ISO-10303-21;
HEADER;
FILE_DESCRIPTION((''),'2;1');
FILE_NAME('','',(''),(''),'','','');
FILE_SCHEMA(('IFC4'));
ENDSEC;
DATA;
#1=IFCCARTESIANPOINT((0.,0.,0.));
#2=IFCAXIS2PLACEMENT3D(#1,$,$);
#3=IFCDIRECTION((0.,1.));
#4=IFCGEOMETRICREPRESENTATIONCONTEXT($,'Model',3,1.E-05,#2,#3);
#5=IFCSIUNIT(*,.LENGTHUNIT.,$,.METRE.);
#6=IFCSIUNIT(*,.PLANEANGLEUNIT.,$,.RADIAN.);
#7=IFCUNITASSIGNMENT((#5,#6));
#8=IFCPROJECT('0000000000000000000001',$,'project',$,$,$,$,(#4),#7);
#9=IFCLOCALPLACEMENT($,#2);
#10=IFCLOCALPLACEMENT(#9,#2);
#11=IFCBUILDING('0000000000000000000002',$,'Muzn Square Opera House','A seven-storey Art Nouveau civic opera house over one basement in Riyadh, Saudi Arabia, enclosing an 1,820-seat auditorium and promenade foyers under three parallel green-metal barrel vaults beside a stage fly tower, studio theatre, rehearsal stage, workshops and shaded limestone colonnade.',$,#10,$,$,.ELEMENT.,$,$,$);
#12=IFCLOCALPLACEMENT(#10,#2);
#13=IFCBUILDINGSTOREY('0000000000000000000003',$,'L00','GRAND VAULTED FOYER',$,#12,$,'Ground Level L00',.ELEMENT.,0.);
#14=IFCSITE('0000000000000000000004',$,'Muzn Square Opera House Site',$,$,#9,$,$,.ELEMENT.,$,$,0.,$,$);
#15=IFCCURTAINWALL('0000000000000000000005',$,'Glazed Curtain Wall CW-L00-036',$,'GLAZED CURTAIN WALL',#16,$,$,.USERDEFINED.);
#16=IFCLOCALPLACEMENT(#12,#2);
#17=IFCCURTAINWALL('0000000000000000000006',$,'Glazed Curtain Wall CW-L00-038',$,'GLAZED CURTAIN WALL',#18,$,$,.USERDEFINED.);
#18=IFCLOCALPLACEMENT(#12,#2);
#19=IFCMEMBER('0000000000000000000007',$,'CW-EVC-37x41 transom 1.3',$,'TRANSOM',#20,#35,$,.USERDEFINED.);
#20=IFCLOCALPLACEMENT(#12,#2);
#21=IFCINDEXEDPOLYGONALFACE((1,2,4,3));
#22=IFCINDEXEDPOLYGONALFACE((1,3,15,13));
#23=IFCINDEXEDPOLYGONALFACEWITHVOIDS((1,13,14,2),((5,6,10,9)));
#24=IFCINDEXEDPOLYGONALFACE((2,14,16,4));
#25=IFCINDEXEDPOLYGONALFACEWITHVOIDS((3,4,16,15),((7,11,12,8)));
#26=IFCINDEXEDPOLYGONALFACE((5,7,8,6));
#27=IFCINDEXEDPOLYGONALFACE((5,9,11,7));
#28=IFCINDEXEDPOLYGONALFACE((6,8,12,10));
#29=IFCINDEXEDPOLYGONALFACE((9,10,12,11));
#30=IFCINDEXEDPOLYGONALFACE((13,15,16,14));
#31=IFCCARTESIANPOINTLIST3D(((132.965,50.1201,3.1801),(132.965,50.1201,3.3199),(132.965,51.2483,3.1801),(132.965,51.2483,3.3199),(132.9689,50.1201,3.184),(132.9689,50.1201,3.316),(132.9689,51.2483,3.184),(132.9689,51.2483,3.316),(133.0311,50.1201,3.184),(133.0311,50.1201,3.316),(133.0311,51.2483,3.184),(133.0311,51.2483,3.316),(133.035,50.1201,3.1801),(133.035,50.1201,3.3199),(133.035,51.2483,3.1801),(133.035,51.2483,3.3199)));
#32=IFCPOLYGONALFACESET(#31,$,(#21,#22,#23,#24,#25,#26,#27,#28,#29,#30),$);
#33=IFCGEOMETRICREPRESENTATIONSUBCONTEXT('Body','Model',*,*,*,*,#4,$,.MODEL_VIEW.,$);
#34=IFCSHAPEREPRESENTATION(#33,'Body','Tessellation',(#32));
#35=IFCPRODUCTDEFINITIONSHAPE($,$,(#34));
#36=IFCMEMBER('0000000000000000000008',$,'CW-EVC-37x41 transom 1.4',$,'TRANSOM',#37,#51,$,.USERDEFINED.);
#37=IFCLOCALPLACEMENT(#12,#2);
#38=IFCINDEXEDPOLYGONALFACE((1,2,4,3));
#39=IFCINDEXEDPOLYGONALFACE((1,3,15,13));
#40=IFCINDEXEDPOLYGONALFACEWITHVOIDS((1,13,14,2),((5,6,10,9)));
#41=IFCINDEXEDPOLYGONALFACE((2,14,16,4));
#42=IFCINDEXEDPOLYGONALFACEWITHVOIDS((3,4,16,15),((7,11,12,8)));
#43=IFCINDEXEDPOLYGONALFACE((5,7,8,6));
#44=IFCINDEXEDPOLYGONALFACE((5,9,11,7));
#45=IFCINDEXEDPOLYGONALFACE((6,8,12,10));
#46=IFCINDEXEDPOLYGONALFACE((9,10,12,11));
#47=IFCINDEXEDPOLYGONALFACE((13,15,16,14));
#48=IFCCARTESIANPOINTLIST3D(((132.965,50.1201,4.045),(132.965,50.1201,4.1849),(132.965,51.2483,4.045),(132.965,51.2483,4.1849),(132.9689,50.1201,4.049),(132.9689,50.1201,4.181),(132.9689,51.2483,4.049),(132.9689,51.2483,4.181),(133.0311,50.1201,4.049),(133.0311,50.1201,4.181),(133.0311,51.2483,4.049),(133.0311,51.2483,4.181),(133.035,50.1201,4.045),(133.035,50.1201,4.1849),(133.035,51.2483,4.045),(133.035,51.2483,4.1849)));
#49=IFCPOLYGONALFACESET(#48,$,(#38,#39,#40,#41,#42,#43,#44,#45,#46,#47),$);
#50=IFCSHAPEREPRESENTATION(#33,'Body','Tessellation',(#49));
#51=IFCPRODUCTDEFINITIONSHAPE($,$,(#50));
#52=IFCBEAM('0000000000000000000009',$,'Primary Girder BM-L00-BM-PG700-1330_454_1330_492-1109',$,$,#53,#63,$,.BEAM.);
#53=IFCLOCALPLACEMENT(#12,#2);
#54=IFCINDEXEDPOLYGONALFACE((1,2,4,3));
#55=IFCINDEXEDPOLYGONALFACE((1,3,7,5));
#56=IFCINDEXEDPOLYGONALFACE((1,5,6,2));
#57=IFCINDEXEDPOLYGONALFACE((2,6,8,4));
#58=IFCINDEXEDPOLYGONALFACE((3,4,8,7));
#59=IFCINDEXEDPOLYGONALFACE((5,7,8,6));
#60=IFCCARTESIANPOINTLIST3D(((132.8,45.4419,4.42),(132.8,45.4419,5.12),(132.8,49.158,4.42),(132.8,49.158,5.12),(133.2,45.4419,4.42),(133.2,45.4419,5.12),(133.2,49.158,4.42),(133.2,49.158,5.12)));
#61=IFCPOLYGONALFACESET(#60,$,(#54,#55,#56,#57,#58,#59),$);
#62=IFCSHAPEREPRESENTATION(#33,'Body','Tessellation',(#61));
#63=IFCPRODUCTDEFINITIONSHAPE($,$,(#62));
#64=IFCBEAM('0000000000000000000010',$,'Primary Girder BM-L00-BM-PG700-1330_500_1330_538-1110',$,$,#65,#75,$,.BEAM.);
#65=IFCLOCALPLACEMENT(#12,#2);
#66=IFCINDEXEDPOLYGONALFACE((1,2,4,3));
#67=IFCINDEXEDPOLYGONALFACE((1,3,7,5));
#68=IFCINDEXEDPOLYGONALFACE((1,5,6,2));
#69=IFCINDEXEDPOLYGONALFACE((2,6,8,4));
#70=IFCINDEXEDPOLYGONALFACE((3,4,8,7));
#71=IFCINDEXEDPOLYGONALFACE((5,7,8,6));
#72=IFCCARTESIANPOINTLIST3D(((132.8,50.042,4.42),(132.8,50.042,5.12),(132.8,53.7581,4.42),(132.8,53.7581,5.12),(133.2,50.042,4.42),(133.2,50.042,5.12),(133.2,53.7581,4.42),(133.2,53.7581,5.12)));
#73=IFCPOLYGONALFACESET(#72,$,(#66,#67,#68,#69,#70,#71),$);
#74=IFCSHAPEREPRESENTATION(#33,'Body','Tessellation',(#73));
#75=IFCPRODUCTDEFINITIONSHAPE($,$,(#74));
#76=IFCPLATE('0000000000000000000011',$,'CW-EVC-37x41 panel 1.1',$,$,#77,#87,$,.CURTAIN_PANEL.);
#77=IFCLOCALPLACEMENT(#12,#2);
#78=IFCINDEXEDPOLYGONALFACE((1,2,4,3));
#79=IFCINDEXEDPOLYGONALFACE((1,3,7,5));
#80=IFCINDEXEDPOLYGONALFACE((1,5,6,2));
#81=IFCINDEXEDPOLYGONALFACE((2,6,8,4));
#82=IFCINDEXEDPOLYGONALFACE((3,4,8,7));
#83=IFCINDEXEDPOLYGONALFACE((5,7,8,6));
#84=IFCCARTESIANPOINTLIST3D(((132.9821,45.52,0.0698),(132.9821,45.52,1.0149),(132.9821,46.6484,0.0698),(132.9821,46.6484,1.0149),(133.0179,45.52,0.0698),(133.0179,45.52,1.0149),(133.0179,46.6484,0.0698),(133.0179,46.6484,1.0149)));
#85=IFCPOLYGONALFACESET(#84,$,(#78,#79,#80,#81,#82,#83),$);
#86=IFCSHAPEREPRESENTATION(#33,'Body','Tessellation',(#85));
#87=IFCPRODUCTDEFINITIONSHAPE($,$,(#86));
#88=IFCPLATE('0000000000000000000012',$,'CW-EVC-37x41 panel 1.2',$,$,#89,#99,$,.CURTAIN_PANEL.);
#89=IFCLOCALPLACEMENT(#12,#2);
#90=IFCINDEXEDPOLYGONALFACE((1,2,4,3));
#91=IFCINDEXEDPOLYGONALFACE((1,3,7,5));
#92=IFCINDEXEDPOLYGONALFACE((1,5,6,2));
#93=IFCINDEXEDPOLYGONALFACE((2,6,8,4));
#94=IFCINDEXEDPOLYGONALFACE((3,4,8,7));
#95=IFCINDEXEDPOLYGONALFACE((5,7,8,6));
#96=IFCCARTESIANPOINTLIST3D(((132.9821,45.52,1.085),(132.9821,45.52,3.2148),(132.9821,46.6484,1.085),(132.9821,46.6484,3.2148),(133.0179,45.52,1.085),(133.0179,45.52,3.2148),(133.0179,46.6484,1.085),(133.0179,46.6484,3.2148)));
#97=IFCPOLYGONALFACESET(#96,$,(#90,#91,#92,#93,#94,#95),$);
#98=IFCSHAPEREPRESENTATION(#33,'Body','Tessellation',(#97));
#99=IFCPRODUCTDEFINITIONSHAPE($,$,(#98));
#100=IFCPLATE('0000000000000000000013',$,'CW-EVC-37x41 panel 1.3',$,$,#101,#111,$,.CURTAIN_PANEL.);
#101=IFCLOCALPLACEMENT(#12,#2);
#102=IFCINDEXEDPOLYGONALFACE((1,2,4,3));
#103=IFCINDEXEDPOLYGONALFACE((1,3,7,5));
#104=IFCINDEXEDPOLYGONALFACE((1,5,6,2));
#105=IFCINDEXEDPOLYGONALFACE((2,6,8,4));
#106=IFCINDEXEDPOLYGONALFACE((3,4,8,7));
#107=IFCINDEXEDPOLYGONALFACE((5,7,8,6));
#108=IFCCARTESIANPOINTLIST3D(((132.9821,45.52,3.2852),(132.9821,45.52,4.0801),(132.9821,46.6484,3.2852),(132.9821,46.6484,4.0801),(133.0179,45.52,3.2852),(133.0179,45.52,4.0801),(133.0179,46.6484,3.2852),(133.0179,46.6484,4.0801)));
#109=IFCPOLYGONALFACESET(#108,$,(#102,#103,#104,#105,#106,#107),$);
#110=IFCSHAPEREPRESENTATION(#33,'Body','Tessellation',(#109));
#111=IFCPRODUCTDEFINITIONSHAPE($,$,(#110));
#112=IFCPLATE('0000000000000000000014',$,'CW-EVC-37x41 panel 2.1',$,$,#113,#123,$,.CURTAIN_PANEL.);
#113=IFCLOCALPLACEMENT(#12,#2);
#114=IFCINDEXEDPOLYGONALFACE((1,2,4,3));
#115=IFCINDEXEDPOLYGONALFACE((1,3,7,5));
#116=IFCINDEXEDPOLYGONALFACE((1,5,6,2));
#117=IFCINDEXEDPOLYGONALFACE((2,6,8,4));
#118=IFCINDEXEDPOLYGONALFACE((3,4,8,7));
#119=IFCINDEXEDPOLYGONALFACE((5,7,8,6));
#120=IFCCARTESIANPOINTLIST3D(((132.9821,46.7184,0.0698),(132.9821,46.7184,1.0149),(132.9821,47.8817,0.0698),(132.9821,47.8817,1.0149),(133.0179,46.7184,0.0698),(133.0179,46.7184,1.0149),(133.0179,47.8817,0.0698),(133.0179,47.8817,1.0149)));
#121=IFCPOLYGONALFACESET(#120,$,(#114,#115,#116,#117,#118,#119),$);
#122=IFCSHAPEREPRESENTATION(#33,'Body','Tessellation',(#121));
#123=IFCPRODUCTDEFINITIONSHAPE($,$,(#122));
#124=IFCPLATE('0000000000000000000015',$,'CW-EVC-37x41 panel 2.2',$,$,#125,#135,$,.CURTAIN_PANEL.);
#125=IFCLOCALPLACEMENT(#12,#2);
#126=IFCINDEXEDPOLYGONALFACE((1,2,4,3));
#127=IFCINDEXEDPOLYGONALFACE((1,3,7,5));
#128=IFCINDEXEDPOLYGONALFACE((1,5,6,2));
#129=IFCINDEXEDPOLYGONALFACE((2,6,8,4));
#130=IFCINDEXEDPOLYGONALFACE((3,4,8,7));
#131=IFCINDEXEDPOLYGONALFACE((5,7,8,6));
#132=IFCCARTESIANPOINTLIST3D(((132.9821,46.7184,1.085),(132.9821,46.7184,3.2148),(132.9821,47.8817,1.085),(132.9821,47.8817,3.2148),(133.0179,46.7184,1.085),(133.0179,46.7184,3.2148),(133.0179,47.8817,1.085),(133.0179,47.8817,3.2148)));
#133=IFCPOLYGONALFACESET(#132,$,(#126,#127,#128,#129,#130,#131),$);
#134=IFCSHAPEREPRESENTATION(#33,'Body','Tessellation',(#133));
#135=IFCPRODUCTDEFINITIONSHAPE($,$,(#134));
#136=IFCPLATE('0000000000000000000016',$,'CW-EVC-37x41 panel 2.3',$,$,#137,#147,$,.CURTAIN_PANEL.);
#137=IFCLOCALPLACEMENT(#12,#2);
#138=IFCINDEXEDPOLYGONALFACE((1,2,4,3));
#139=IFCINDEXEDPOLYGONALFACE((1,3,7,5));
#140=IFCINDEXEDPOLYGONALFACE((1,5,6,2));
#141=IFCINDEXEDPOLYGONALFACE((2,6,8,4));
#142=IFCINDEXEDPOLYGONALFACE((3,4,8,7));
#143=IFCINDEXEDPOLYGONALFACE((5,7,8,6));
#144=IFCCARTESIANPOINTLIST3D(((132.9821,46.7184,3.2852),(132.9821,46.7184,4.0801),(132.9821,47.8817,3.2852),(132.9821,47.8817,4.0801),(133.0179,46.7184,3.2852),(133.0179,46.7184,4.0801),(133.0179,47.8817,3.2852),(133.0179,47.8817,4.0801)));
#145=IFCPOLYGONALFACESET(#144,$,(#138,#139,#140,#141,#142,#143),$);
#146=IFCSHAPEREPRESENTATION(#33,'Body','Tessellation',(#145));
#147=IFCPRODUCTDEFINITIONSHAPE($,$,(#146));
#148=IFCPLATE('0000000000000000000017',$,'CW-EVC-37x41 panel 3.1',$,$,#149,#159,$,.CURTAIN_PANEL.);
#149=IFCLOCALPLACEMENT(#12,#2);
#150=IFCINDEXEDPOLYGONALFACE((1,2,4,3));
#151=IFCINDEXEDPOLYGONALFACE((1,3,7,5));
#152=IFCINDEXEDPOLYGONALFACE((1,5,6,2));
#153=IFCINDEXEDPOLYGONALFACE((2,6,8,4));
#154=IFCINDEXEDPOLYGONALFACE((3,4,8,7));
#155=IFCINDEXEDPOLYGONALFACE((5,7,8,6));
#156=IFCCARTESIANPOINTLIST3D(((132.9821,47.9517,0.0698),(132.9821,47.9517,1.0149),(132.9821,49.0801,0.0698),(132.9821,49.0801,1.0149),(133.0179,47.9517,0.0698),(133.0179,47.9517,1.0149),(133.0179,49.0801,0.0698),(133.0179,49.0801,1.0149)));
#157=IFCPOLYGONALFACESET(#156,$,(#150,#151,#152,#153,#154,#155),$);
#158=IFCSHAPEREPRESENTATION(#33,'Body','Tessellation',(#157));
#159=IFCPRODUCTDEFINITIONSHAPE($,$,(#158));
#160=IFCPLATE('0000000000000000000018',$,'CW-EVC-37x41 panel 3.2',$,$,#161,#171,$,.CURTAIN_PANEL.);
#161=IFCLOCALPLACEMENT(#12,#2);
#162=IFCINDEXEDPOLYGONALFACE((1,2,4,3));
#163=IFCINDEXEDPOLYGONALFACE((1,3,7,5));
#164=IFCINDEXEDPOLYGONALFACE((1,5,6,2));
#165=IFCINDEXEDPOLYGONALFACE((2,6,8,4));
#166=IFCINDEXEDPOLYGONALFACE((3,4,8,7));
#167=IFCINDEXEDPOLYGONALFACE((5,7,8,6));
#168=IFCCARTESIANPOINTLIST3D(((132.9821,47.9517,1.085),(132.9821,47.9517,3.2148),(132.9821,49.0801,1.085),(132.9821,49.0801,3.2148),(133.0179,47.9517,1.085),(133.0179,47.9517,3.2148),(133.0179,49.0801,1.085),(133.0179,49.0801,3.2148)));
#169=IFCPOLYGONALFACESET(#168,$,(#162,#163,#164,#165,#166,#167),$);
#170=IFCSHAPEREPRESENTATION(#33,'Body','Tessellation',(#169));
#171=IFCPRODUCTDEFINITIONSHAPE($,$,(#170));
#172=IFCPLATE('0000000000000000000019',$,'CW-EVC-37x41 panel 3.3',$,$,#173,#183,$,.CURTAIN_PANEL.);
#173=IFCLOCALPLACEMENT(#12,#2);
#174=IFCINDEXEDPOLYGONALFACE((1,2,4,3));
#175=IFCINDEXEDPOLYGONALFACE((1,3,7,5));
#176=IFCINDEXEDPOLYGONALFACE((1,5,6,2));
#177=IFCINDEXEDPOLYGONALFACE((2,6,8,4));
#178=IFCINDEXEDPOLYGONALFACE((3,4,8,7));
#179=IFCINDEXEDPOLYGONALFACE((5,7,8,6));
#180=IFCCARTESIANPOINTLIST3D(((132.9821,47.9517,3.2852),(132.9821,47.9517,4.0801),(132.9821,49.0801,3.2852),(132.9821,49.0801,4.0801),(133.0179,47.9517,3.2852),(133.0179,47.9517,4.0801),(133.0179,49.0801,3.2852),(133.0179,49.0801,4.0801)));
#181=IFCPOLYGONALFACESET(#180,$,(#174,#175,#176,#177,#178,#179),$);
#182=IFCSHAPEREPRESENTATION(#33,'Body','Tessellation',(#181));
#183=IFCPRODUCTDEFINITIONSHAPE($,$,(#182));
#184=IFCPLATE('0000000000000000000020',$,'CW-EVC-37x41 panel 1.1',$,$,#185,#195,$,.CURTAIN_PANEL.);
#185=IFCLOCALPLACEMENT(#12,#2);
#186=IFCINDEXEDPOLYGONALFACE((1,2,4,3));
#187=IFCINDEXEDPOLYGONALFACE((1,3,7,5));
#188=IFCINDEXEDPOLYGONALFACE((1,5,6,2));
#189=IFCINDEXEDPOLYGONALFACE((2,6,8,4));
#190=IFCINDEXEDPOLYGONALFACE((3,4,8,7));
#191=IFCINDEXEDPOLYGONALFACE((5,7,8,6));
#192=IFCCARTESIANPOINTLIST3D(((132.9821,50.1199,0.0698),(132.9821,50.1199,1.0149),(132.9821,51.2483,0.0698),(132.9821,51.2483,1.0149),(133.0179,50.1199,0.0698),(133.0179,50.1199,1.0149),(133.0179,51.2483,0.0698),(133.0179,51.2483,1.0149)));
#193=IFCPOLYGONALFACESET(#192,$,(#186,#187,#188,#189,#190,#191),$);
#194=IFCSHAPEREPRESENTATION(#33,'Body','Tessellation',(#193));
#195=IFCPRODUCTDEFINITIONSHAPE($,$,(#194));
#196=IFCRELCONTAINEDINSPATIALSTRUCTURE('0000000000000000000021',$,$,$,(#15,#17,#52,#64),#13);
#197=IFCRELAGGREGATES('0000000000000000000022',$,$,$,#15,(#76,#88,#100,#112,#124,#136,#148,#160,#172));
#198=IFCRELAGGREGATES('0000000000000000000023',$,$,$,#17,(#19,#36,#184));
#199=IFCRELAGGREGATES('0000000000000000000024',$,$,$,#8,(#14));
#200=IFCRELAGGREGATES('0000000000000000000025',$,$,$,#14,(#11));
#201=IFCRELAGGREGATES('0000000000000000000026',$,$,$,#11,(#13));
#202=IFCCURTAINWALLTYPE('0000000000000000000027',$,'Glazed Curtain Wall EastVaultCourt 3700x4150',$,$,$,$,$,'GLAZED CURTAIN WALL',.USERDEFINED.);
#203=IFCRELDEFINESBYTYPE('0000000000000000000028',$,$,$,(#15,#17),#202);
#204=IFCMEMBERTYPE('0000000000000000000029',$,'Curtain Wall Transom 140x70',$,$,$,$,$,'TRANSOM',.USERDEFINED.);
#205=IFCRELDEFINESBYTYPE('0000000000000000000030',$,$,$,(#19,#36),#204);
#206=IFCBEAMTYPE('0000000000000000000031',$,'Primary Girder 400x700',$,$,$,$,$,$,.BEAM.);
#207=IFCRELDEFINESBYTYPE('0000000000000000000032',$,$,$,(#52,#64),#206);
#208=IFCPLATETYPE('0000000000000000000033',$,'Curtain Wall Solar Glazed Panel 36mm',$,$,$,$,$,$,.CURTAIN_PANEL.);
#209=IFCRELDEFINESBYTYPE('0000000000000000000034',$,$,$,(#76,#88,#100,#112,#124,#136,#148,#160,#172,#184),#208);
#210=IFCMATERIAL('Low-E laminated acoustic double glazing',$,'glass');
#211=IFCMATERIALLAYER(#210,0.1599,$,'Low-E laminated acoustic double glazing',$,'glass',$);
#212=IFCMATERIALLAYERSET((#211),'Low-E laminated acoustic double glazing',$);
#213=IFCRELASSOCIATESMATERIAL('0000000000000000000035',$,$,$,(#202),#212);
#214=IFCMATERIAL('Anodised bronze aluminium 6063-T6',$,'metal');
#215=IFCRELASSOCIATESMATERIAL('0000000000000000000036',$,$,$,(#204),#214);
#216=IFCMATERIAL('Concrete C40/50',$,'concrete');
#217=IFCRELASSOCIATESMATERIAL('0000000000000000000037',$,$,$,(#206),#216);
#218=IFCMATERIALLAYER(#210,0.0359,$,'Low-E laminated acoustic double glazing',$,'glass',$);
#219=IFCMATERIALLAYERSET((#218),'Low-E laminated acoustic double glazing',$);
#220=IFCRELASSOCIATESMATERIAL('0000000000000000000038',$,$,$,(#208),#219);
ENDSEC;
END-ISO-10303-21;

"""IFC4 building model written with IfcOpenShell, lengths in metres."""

from ifc_helpers import new_model, si_unit, direction, frame, origin, origin_2d, place, context, subcontext, project, spatial, rectangle, hollow_rectangle, extrude, material, layer, layer_set, material_profile, profile_set, type_object, element, aggregate, save


model = new_model("IFC4")

# Units and contexts
model_context = context("Model", 3, precision=1e-05, world=origin(), true_north=direction((0.0, 1.0)))
body_context = subcontext(model_context, "Body", "Model", "MODEL_VIEW")
ifc_project = project(units=[si_unit("LENGTHUNIT", "METRE"), si_unit("PLANEANGLEUNIT", "RADIAN")], contexts=[model_context])

# Site, building, storey
site_placement = place(None, origin())
site = spatial("IfcSite", under=ifc_project, at=site_placement, Name="Muzn Square Opera House Site", CompositionType="ELEMENT", RefElevation=0.0)
building_placement = place(site_placement, origin())
building = spatial("IfcBuilding", under=site, at=building_placement, Name="Muzn Square Opera House", Description="A seven-storey Art Nouveau civic opera house over one basement in Riyadh, Saudi Arabia, enclosing an 1,820-seat auditorium and promenade foyers under three parallel green-metal barrel vaults beside a stage fly tower, studio theatre, rehearsal stage, workshops and shaded limestone colonnade.", CompositionType="ELEMENT")
storey_placement = place(building_placement, origin())
storey = spatial("IfcBuildingStorey", under=building, at=storey_placement, Name="L00", Description="GRAND VAULTED FOYER", LongName="Ground Level L00", CompositionType="ELEMENT", Elevation=0.0)

# Shared definitions
ifc_material_1 = material(Name="Low-E laminated acoustic double glazing", Category="glass")
ifc_layer_1 = layer(ifc_material_1, 0.1599, Name="Low-E laminated acoustic double glazing", Category="glass")
ifc_layer_set_1 = layer_set([ifc_layer_1], Name="Low-E laminated acoustic double glazing")
curtain_wall_type = type_object("IfcCurtainWallType", Name="Glazed Curtain Wall EastVaultCourt 3700x4150", ElementType="GLAZED CURTAIN WALL", PredefinedType="USERDEFINED", material=ifc_layer_set_1)
ifc_material_2 = material(Name="Anodised bronze aluminium 6063-T6", Category="metal")

# Curtain wall
curtain_wall_1_placement = place(storey_placement, origin())
curtain_wall_1 = element("IfcCurtainWall", 1, at=curtain_wall_1_placement, inside=storey, type_object=curtain_wall_type, Name="Glazed Curtain Wall CW-L00-036", ObjectType="GLAZED CURTAIN WALL", PredefinedType="USERDEFINED")

# Curtain wall
curtain_wall_2_placement = place(storey_placement, origin())
curtain_wall_2 = element("IfcCurtainWall", 2, at=curtain_wall_2_placement, inside=storey, type_object=curtain_wall_type, Name="Glazed Curtain Wall CW-L00-038", ObjectType="GLAZED CURTAIN WALL", PredefinedType="USERDEFINED")

# Members
ifc_material_profile_1 = material_profile(ifc_material_2, hollow_rectangle(XDim=0.0701, YDim=0.1399, WallThickness=0.0039, at=origin_2d()), Name="ALU 140x70x4", Category="metal")
ifc_profile_set_1 = profile_set([ifc_material_profile_1], Name="Anodised bronze aluminium 6063-T6")
member_type_1 = type_object("IfcMemberType", Name="Curtain Wall Transom 140x70", ElementType="TRANSOM", PredefinedType="USERDEFINED", material=ifc_profile_set_1)
member_1_placement = place(storey_placement, frame((133.0, 50.1201, 3.25), z_axis=(0.0, 1.0, 0.0), x_axis=(-1.0, 0.0, 0.0)))
member_1 = element("IfcMember", 3, at=member_1_placement, type_object=member_type_1, Name="CW-EVC-37x41 transom 1.3", ObjectType="TRANSOM", PredefinedType="USERDEFINED", context=body_context, shape_type="SweptSolid", body=[
    extrude(hollow_rectangle(XDim=0.0701, YDim=0.1399, WallThickness=0.0039, at=origin_2d()), origin(), (0.0, 0.0, 1.0), 1.1282),
])
member_2_placement = place(storey_placement, frame((133.0, 50.1201, 4.115), z_axis=(0.0, 1.0, 0.0), x_axis=(-1.0, 0.0, 0.0)))
member_2 = element("IfcMember", 4, at=member_2_placement, type_object=member_type_1, Name="CW-EVC-37x41 transom 1.4", ObjectType="TRANSOM", PredefinedType="USERDEFINED", context=body_context, shape_type="SweptSolid", body=[
    extrude(hollow_rectangle(XDim=0.0701, YDim=0.1399, WallThickness=0.0039, at=origin_2d()), origin(), (0.0, 0.0, 1.0), 1.1282),
])

# Beams
ifc_material_3 = material(Name="Concrete C40/50", Category="concrete")
ifc_material_profile_2 = material_profile(ifc_material_3, rectangle(XDim=0.3999, YDim=0.7, at=origin_2d()), Name="RCB 400x700", Category="concrete")
ifc_profile_set_2 = profile_set([ifc_material_profile_2], Name="Concrete C40/50")
beam_type = type_object("IfcBeamType", Name="Primary Girder 400x700", PredefinedType="BEAM", material=ifc_profile_set_2)
for number, where, z_axis, x_axis, name in (
    (5, (133.0, 45.4419, 4.77), (0.0, 1.0, 0.0), (-1.0, 0.0, 0.0), "Primary Girder BM-L00-BM-PG700-1330_454_1330_492-1109"),
    (6, (133.0, 50.042, 4.77), (0.0, 1.0, 0.0), (-1.0, 0.0, 0.0), "Primary Girder BM-L00-BM-PG700-1330_500_1330_538-1110"),
):
    element("IfcBeam", number, at=place(storey_placement, frame(where, z_axis=z_axis, x_axis=x_axis)), inside=storey, type_object=beam_type, Name=name, PredefinedType="BEAM", context=body_context, shape_type="SweptSolid", body=[
        extrude(rectangle(XDim=0.3999, YDim=0.7, at=origin_2d()), origin(), (0.0, 0.0, 1.0), 3.7161),
    ])

# Plates
ifc_layer_2 = layer(ifc_material_1, 0.0359, Name="Low-E laminated acoustic double glazing", Category="glass")
ifc_layer_set_2 = layer_set([ifc_layer_2], Name="Low-E laminated acoustic double glazing")
plate_type = type_object("IfcPlateType", Name="Curtain Wall Solar Glazed Panel 36mm", PredefinedType="CURTAIN_PANEL", material=ifc_layer_set_2)
plate_1_placement = place(storey_placement, frame((133.0, 46.0842, 0.0698), z_axis=(0.0, 0.0, 1.0), x_axis=(0.0, 1.0, 0.0)))
plate_1 = element("IfcPlate", 7, at=plate_1_placement, type_object=plate_type, Name="CW-EVC-37x41 panel 1.1", PredefinedType="CURTAIN_PANEL", context=body_context, shape_type="SweptSolid", body=[
    extrude(rectangle(XDim=1.1284, YDim=0.0359, at=origin_2d()), origin(), (0.0, 0.0, 1.0), 0.9451),
])
plate_2_placement = place(storey_placement, frame((133.0, 46.0842, 1.085), z_axis=(0.0, 0.0, 1.0), x_axis=(0.0, 1.0, 0.0)))
plate_2 = element("IfcPlate", 8, at=plate_2_placement, type_object=plate_type, Name="CW-EVC-37x41 panel 1.2", PredefinedType="CURTAIN_PANEL", context=body_context, shape_type="SweptSolid", body=[
    extrude(rectangle(XDim=1.1284, YDim=0.0359, at=origin_2d()), origin(), (0.0, 0.0, 1.0), 2.1299),
])
plate_3_placement = place(storey_placement, frame((133.0, 46.0842, 3.2852), z_axis=(0.0, 0.0, 1.0), x_axis=(0.0, 1.0, 0.0)))
plate_3 = element("IfcPlate", 9, at=plate_3_placement, type_object=plate_type, Name="CW-EVC-37x41 panel 1.3", PredefinedType="CURTAIN_PANEL", context=body_context, shape_type="SweptSolid", body=[
    extrude(rectangle(XDim=1.1284, YDim=0.0359, at=origin_2d()), origin(), (0.0, 0.0, 1.0), 0.7949),
])
plate_4_placement = place(storey_placement, frame((133.0, 47.3, 0.0698), z_axis=(0.0, 0.0, 1.0), x_axis=(0.0, 1.0, 0.0)))
plate_4 = element("IfcPlate", 10, at=plate_4_placement, type_object=plate_type, Name="CW-EVC-37x41 panel 2.1", PredefinedType="CURTAIN_PANEL", context=body_context, shape_type="SweptSolid", body=[
    extrude(rectangle(XDim=1.1633, YDim=0.0359, at=origin_2d()), origin(), (0.0, 0.0, 1.0), 0.9451),
])
plate_5_placement = place(storey_placement, frame((133.0, 47.3, 1.085), z_axis=(0.0, 0.0, 1.0), x_axis=(0.0, 1.0, 0.0)))
plate_5 = element("IfcPlate", 11, at=plate_5_placement, type_object=plate_type, Name="CW-EVC-37x41 panel 2.2", PredefinedType="CURTAIN_PANEL", context=body_context, shape_type="SweptSolid", body=[
    extrude(rectangle(XDim=1.1633, YDim=0.0359, at=origin_2d()), origin(), (0.0, 0.0, 1.0), 2.1299),
])
plate_6_placement = place(storey_placement, frame((133.0, 47.3, 3.2852), z_axis=(0.0, 0.0, 1.0), x_axis=(0.0, 1.0, 0.0)))
plate_6 = element("IfcPlate", 12, at=plate_6_placement, type_object=plate_type, Name="CW-EVC-37x41 panel 2.3", PredefinedType="CURTAIN_PANEL", context=body_context, shape_type="SweptSolid", body=[
    extrude(rectangle(XDim=1.1633, YDim=0.0359, at=origin_2d()), origin(), (0.0, 0.0, 1.0), 0.7949),
])
plate_7_placement = place(storey_placement, frame((133.0, 48.5159, 0.0698), z_axis=(0.0, 0.0, 1.0), x_axis=(0.0, 1.0, 0.0)))
plate_7 = element("IfcPlate", 13, at=plate_7_placement, type_object=plate_type, Name="CW-EVC-37x41 panel 3.1", PredefinedType="CURTAIN_PANEL", context=body_context, shape_type="SweptSolid", body=[
    extrude(rectangle(XDim=1.1284, YDim=0.0359, at=origin_2d()), origin(), (0.0, 0.0, 1.0), 0.9451),
])
plate_8_placement = place(storey_placement, frame((133.0, 48.5159, 1.085), z_axis=(0.0, 0.0, 1.0), x_axis=(0.0, 1.0, 0.0)))
plate_8 = element("IfcPlate", 14, at=plate_8_placement, type_object=plate_type, Name="CW-EVC-37x41 panel 3.2", PredefinedType="CURTAIN_PANEL", context=body_context, shape_type="SweptSolid", body=[
    extrude(rectangle(XDim=1.1284, YDim=0.0359, at=origin_2d()), origin(), (0.0, 0.0, 1.0), 2.1299),
])
plate_9_placement = place(storey_placement, frame((133.0, 48.5159, 3.2852), z_axis=(0.0, 0.0, 1.0), x_axis=(0.0, 1.0, 0.0)))
plate_9 = element("IfcPlate", 15, at=plate_9_placement, type_object=plate_type, Name="CW-EVC-37x41 panel 3.3", PredefinedType="CURTAIN_PANEL", context=body_context, shape_type="SweptSolid", body=[
    extrude(rectangle(XDim=1.1284, YDim=0.0359, at=origin_2d()), origin(), (0.0, 0.0, 1.0), 0.7949),
])
aggregate(curtain_wall_1, [plate_1, plate_2, plate_3, plate_4, plate_5, plate_6, plate_7, plate_8, plate_9])
plate_10_placement = place(storey_placement, frame((133.0, 50.6841, 0.0698), z_axis=(0.0, 0.0, 1.0), x_axis=(0.0, 1.0, 0.0)))
plate_10 = element("IfcPlate", 16, at=plate_10_placement, type_object=plate_type, Name="CW-EVC-37x41 panel 1.1", PredefinedType="CURTAIN_PANEL", context=body_context, shape_type="SweptSolid", body=[
    extrude(rectangle(XDim=1.1284, YDim=0.0359, at=origin_2d()), origin(), (0.0, 0.0, 1.0), 0.9451),
])
aggregate(curtain_wall_2, [member_1, member_2, plate_10])

save(model, "model.ifc")
